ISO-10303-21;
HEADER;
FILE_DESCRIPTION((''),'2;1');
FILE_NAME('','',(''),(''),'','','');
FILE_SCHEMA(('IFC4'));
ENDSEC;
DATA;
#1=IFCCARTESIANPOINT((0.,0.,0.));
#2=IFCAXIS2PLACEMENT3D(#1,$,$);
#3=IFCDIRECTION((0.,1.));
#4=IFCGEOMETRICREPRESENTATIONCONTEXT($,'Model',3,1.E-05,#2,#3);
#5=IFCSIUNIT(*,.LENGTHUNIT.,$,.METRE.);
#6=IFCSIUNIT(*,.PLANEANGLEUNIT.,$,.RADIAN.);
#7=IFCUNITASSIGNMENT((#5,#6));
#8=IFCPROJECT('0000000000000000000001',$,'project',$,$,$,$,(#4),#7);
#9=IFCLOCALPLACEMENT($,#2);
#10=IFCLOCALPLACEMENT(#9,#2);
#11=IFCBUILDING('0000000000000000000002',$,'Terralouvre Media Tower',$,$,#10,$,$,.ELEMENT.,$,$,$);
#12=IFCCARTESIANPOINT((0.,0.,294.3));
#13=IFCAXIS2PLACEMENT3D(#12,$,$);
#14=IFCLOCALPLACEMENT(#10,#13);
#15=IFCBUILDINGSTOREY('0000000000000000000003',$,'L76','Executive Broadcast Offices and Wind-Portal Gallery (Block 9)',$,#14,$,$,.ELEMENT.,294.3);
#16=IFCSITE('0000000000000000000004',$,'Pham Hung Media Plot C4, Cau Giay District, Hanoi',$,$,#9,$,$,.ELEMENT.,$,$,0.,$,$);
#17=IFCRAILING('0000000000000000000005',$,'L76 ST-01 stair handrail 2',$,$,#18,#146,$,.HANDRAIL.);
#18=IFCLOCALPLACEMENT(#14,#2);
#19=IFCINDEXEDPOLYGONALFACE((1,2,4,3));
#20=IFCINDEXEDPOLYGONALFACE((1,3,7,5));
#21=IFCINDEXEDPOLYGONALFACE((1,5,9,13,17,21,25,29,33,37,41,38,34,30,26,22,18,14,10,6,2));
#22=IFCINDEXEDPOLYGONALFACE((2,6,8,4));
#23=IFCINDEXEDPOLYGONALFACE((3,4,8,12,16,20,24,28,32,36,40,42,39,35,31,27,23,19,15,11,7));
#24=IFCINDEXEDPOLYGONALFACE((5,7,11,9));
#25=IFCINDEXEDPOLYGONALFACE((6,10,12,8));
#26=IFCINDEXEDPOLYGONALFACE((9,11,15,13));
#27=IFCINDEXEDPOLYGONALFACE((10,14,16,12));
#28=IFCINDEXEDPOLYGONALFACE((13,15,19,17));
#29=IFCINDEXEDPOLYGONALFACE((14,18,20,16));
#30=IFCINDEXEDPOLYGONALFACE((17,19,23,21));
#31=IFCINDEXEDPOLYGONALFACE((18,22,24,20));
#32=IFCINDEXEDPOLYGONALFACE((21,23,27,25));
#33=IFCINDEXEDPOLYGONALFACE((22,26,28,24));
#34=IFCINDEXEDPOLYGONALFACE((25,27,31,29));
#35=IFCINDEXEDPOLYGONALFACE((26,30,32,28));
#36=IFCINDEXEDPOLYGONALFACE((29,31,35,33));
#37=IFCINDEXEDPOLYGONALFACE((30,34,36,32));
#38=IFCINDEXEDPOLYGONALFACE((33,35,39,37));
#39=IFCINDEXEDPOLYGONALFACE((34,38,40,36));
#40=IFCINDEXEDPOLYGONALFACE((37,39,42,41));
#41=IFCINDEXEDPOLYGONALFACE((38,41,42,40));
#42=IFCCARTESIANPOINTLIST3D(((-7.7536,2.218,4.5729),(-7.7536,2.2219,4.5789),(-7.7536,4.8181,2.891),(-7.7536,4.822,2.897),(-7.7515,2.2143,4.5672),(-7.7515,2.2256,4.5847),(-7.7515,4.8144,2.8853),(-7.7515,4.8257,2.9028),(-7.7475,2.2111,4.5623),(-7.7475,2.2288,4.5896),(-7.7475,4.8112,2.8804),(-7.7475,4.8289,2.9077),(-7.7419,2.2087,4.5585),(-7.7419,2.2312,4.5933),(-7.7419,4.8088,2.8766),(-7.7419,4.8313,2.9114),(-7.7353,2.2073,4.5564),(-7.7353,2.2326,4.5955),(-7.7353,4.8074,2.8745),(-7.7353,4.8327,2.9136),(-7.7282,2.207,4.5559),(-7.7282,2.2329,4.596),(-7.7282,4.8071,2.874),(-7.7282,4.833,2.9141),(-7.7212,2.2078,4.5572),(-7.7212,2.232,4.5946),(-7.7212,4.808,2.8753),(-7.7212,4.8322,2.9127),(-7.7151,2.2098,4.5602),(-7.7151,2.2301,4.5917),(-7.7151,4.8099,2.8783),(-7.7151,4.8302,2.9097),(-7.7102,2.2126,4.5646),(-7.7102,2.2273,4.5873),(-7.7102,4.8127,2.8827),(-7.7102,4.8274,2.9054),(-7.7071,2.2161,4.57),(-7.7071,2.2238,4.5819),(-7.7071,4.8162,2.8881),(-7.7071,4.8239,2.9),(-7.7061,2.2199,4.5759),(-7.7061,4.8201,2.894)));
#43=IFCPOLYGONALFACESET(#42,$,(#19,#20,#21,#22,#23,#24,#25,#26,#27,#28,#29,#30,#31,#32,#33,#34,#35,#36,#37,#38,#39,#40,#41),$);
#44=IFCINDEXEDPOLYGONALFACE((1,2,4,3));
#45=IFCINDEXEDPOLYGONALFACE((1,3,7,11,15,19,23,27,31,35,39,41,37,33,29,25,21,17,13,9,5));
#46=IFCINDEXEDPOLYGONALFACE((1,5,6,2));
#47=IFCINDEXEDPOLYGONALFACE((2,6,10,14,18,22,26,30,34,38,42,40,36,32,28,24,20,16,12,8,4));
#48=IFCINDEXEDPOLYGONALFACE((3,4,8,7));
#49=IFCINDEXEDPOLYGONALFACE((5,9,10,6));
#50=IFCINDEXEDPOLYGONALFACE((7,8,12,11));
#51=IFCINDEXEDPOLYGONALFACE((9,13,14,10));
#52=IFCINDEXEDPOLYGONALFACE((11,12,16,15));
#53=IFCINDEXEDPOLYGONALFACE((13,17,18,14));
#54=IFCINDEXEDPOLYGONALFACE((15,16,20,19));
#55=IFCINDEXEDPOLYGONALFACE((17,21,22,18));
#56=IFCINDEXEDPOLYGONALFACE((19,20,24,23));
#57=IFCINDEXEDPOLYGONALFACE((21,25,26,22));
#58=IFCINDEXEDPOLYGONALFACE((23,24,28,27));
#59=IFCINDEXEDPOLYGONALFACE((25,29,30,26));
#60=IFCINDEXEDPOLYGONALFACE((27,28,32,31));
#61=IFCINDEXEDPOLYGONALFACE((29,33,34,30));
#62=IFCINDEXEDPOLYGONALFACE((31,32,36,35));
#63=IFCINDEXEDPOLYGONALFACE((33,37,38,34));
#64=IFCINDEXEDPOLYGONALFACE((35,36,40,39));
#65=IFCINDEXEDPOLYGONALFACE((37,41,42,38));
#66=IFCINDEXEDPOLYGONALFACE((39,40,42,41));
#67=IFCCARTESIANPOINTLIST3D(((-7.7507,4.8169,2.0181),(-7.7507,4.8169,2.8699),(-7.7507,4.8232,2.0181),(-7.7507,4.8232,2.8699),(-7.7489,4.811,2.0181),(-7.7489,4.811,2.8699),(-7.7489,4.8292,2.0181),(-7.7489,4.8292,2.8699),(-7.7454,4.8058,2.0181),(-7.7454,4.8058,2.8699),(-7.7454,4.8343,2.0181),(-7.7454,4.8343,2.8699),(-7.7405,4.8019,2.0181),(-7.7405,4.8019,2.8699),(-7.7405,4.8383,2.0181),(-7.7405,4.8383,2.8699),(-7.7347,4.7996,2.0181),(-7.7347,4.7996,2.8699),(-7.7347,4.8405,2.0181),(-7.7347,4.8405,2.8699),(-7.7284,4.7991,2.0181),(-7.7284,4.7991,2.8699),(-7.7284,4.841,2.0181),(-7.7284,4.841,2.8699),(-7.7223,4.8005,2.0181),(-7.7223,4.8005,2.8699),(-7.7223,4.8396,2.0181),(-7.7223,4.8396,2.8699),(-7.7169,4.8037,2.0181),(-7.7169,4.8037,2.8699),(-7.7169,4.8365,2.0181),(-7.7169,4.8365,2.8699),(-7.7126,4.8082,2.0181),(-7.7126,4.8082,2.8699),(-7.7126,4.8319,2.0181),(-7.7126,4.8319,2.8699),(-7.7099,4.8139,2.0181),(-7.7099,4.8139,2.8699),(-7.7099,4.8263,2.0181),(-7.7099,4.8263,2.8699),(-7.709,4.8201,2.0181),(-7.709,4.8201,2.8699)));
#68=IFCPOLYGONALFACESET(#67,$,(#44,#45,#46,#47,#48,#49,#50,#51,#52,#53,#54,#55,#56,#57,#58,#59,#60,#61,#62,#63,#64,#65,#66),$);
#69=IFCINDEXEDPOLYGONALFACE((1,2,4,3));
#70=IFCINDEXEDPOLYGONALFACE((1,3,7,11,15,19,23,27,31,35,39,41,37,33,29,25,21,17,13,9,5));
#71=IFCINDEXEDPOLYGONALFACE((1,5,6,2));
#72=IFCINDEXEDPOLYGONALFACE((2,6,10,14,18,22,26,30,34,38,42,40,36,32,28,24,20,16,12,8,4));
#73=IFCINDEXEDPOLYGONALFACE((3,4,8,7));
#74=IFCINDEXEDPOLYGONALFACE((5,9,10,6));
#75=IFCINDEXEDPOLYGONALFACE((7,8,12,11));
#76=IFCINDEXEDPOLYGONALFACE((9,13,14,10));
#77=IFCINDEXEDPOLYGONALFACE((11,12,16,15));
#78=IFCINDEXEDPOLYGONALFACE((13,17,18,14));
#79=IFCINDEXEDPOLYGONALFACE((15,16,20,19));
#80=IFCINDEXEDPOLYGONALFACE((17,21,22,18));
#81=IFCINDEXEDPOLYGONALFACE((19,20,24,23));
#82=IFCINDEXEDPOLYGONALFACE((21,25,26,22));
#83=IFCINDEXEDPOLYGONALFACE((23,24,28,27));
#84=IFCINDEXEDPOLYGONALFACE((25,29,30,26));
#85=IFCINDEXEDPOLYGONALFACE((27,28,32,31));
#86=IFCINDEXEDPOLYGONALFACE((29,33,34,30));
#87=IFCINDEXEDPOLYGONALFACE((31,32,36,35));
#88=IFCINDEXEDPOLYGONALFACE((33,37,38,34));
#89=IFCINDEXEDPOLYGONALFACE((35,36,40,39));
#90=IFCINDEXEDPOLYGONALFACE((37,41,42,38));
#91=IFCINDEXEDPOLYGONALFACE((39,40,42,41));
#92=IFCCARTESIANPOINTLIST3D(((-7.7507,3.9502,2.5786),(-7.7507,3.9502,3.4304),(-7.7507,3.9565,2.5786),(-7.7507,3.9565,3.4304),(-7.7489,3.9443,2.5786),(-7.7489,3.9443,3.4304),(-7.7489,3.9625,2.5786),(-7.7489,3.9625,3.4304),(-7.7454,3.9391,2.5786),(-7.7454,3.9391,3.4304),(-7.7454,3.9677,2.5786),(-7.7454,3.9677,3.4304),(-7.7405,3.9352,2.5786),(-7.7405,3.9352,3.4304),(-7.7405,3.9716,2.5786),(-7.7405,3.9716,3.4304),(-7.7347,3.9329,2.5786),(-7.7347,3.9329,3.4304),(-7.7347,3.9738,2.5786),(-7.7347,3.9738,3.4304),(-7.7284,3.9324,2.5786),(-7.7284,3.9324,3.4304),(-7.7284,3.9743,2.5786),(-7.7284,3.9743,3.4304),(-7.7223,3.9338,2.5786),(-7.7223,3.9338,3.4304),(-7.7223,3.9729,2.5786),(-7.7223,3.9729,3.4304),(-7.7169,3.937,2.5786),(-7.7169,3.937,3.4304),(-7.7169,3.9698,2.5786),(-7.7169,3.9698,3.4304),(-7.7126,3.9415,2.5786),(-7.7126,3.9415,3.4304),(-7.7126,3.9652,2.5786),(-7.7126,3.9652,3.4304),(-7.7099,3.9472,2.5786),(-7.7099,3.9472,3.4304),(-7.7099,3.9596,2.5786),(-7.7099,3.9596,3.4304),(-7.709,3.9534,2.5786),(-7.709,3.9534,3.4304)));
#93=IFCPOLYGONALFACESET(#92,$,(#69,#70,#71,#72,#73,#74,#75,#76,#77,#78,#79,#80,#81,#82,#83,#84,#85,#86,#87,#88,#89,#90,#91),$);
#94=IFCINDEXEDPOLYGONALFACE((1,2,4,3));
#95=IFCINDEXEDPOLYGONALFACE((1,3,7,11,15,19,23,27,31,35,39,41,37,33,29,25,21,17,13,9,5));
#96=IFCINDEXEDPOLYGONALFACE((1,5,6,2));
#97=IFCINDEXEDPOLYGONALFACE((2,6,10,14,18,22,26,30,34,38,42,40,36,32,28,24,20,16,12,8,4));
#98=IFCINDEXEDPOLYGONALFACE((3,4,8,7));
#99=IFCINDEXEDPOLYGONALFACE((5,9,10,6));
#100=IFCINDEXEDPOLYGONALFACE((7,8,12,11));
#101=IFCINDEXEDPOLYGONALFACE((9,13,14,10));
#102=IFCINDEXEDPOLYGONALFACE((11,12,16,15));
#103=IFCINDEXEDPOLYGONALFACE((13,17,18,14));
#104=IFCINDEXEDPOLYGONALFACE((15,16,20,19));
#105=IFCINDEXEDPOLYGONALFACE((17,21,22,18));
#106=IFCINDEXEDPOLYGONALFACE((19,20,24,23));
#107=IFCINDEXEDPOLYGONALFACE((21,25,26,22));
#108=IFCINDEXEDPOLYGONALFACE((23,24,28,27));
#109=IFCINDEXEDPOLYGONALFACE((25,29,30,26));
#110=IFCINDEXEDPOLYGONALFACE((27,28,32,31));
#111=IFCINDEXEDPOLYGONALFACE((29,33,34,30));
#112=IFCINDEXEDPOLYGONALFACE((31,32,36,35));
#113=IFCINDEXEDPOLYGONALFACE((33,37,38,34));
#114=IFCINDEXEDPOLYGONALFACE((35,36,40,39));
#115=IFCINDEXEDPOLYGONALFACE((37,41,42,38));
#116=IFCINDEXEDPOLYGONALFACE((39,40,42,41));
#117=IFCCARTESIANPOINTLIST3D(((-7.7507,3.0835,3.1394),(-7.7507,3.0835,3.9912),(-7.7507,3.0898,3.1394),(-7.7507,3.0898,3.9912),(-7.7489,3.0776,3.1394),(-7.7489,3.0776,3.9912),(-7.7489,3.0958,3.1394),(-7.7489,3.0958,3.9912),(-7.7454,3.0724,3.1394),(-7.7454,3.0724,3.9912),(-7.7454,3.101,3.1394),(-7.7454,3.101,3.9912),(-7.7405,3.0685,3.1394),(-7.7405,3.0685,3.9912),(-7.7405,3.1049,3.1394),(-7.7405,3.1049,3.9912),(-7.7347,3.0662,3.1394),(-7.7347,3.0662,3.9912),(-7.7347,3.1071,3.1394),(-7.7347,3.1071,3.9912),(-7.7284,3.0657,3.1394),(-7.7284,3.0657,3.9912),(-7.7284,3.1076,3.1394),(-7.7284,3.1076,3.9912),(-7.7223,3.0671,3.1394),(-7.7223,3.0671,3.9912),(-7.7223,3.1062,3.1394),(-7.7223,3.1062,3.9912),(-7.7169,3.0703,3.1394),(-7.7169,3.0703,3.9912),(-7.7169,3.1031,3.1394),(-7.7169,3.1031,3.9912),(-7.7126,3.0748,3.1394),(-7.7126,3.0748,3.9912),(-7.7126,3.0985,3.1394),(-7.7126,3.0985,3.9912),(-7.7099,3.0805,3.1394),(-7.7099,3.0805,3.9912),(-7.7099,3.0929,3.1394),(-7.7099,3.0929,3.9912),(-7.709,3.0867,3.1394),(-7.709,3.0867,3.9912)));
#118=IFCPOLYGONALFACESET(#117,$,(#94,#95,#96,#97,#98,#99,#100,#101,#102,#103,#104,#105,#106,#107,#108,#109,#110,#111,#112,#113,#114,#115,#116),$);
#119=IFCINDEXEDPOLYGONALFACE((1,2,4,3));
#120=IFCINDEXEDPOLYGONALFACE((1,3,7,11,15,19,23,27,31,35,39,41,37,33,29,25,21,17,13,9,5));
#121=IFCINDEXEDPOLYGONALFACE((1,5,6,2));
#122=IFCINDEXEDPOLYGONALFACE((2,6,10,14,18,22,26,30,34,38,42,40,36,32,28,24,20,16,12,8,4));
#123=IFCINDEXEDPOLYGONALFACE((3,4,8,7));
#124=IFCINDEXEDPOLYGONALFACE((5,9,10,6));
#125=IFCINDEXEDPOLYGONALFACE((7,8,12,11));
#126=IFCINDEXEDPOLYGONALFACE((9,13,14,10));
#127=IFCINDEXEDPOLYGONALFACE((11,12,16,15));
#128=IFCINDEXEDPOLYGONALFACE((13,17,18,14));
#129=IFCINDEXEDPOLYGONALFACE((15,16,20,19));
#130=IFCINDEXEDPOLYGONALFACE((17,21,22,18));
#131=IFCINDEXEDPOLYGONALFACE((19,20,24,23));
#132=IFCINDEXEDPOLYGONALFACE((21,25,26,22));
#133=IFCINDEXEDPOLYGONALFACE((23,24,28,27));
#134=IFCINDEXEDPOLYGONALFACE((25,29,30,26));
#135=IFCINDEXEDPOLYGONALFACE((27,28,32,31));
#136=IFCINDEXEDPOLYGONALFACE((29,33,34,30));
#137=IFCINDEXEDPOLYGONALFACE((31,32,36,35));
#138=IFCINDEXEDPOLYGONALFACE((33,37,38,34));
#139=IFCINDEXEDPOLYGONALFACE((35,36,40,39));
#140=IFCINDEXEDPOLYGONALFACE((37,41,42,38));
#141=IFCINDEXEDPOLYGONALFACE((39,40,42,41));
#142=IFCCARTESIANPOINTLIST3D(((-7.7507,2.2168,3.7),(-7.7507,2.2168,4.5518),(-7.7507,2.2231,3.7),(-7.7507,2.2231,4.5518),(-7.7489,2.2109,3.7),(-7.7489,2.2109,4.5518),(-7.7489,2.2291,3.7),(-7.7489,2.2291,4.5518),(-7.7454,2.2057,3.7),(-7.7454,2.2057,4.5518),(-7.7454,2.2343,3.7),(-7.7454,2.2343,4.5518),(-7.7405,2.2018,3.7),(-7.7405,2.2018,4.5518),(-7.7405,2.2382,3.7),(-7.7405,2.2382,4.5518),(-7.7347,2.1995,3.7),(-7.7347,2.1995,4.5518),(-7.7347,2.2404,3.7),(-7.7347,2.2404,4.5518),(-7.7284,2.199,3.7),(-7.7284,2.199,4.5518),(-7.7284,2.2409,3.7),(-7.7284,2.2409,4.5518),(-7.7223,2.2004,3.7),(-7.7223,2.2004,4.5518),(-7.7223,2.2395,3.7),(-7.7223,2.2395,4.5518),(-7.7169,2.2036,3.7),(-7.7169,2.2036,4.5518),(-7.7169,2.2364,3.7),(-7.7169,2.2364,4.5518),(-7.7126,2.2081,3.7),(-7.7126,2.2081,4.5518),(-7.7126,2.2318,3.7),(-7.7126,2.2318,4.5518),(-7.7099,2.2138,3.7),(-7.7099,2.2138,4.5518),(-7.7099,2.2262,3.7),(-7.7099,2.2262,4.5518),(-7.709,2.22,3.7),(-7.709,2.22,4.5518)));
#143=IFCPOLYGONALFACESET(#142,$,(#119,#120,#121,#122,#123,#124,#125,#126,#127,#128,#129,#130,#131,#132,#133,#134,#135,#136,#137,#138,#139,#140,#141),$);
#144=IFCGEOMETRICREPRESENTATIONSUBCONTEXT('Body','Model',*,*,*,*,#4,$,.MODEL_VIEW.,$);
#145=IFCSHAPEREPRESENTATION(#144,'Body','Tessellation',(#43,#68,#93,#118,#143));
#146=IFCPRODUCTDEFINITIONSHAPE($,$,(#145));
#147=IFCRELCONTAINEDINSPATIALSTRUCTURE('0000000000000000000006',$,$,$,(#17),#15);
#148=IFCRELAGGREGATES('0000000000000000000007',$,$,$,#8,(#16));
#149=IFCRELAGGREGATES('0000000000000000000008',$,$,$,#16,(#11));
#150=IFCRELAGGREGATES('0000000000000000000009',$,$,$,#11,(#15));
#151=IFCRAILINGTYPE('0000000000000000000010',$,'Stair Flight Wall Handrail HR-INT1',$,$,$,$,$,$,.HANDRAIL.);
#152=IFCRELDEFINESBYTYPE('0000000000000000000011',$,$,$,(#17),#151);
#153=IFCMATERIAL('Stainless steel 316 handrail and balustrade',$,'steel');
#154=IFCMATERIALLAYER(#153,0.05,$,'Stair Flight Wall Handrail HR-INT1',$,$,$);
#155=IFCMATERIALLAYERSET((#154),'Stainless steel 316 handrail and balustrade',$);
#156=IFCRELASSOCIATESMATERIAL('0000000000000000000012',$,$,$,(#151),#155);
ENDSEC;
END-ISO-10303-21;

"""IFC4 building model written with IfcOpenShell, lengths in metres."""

from ifc_helpers import new_model, si_unit, direction, frame, origin, origin_2d, place, context, subcontext, project, spatial, circle, extrude, material, layer, layer_set, type_object, element, save


model = new_model("IFC4")

# Units and contexts
model_context = context("Model", 3, precision=1e-05, world=origin(), true_north=direction((0.0, 1.0)))
body_context = subcontext(model_context, "Body", "Model", "MODEL_VIEW")
ifc_project = project(units=[si_unit("LENGTHUNIT", "METRE"), si_unit("PLANEANGLEUNIT", "RADIAN")], contexts=[model_context])

# Site, building, storey
site_placement = place(None, origin())
site = spatial("IfcSite", under=ifc_project, at=site_placement, Name="Pham Hung Media Plot C4, Cau Giay District, Hanoi", CompositionType="ELEMENT", RefElevation=0.0)
building_placement = place(site_placement, origin())
building = spatial("IfcBuilding", under=site, at=building_placement, Name="Terralouvre Media Tower", CompositionType="ELEMENT")
storey_placement = place(building_placement, frame((0.0, 0.0, 294.3)))
storey = spatial("IfcBuildingStorey", under=building, at=storey_placement, Name="L76", Description="Executive Broadcast Offices and Wind-Portal Gallery (Block 9)", CompositionType="ELEMENT", Elevation=294.3)

# Railing
ifc_material_1 = material(Name="Stainless steel 316 handrail and balustrade", Category="steel")
ifc_layer_1 = layer(ifc_material_1, 0.05, Name="Stair Flight Wall Handrail HR-INT1")
ifc_layer_set_1 = layer_set([ifc_layer_1], Name="Stainless steel 316 handrail and balustrade")
railing_type_1 = type_object("IfcRailingType", Name="Stair Flight Wall Handrail HR-INT1", PredefinedType="HANDRAIL", material=ifc_layer_set_1)
railing_1_placement = place(storey_placement, frame((-7.73, 4.8201, 2.0181)))
element("IfcRailing", 1, at=railing_1_placement, inside=storey, type_object=railing_type_1, Name="L76 ST-01 stair handrail 2", PredefinedType="HANDRAIL", context=body_context, shape_type="SweptSolid", body=[
    extrude(circle(Radius=0.0239, at=origin_2d()), frame((0.0, 0.0, 0.876), z_axis=(0.0, -0.839648, 0.54313), x_axis=(1.0, 0.0, 0.0)), (0.0, 0.0, 1.0), 3.0967),
    extrude(circle(Radius=0.021, at=origin_2d()), origin(), (0.0, 0.0, 1.0), 0.8518),
    extrude(circle(Radius=0.021, at=origin_2d()), frame((0.0, -0.8667, 0.5605)), (0.0, 0.0, 1.0), 0.8518),
    extrude(circle(Radius=0.021, at=origin_2d()), frame((0.0, -1.7334, 1.1213)), (0.0, 0.0, 1.0), 0.8518),
    extrude(circle(Radius=0.021, at=origin_2d()), frame((0.0, -2.6001, 1.6819)), (0.0, 0.0, 1.0), 0.8518),
])

save(model, "model.ifc")
